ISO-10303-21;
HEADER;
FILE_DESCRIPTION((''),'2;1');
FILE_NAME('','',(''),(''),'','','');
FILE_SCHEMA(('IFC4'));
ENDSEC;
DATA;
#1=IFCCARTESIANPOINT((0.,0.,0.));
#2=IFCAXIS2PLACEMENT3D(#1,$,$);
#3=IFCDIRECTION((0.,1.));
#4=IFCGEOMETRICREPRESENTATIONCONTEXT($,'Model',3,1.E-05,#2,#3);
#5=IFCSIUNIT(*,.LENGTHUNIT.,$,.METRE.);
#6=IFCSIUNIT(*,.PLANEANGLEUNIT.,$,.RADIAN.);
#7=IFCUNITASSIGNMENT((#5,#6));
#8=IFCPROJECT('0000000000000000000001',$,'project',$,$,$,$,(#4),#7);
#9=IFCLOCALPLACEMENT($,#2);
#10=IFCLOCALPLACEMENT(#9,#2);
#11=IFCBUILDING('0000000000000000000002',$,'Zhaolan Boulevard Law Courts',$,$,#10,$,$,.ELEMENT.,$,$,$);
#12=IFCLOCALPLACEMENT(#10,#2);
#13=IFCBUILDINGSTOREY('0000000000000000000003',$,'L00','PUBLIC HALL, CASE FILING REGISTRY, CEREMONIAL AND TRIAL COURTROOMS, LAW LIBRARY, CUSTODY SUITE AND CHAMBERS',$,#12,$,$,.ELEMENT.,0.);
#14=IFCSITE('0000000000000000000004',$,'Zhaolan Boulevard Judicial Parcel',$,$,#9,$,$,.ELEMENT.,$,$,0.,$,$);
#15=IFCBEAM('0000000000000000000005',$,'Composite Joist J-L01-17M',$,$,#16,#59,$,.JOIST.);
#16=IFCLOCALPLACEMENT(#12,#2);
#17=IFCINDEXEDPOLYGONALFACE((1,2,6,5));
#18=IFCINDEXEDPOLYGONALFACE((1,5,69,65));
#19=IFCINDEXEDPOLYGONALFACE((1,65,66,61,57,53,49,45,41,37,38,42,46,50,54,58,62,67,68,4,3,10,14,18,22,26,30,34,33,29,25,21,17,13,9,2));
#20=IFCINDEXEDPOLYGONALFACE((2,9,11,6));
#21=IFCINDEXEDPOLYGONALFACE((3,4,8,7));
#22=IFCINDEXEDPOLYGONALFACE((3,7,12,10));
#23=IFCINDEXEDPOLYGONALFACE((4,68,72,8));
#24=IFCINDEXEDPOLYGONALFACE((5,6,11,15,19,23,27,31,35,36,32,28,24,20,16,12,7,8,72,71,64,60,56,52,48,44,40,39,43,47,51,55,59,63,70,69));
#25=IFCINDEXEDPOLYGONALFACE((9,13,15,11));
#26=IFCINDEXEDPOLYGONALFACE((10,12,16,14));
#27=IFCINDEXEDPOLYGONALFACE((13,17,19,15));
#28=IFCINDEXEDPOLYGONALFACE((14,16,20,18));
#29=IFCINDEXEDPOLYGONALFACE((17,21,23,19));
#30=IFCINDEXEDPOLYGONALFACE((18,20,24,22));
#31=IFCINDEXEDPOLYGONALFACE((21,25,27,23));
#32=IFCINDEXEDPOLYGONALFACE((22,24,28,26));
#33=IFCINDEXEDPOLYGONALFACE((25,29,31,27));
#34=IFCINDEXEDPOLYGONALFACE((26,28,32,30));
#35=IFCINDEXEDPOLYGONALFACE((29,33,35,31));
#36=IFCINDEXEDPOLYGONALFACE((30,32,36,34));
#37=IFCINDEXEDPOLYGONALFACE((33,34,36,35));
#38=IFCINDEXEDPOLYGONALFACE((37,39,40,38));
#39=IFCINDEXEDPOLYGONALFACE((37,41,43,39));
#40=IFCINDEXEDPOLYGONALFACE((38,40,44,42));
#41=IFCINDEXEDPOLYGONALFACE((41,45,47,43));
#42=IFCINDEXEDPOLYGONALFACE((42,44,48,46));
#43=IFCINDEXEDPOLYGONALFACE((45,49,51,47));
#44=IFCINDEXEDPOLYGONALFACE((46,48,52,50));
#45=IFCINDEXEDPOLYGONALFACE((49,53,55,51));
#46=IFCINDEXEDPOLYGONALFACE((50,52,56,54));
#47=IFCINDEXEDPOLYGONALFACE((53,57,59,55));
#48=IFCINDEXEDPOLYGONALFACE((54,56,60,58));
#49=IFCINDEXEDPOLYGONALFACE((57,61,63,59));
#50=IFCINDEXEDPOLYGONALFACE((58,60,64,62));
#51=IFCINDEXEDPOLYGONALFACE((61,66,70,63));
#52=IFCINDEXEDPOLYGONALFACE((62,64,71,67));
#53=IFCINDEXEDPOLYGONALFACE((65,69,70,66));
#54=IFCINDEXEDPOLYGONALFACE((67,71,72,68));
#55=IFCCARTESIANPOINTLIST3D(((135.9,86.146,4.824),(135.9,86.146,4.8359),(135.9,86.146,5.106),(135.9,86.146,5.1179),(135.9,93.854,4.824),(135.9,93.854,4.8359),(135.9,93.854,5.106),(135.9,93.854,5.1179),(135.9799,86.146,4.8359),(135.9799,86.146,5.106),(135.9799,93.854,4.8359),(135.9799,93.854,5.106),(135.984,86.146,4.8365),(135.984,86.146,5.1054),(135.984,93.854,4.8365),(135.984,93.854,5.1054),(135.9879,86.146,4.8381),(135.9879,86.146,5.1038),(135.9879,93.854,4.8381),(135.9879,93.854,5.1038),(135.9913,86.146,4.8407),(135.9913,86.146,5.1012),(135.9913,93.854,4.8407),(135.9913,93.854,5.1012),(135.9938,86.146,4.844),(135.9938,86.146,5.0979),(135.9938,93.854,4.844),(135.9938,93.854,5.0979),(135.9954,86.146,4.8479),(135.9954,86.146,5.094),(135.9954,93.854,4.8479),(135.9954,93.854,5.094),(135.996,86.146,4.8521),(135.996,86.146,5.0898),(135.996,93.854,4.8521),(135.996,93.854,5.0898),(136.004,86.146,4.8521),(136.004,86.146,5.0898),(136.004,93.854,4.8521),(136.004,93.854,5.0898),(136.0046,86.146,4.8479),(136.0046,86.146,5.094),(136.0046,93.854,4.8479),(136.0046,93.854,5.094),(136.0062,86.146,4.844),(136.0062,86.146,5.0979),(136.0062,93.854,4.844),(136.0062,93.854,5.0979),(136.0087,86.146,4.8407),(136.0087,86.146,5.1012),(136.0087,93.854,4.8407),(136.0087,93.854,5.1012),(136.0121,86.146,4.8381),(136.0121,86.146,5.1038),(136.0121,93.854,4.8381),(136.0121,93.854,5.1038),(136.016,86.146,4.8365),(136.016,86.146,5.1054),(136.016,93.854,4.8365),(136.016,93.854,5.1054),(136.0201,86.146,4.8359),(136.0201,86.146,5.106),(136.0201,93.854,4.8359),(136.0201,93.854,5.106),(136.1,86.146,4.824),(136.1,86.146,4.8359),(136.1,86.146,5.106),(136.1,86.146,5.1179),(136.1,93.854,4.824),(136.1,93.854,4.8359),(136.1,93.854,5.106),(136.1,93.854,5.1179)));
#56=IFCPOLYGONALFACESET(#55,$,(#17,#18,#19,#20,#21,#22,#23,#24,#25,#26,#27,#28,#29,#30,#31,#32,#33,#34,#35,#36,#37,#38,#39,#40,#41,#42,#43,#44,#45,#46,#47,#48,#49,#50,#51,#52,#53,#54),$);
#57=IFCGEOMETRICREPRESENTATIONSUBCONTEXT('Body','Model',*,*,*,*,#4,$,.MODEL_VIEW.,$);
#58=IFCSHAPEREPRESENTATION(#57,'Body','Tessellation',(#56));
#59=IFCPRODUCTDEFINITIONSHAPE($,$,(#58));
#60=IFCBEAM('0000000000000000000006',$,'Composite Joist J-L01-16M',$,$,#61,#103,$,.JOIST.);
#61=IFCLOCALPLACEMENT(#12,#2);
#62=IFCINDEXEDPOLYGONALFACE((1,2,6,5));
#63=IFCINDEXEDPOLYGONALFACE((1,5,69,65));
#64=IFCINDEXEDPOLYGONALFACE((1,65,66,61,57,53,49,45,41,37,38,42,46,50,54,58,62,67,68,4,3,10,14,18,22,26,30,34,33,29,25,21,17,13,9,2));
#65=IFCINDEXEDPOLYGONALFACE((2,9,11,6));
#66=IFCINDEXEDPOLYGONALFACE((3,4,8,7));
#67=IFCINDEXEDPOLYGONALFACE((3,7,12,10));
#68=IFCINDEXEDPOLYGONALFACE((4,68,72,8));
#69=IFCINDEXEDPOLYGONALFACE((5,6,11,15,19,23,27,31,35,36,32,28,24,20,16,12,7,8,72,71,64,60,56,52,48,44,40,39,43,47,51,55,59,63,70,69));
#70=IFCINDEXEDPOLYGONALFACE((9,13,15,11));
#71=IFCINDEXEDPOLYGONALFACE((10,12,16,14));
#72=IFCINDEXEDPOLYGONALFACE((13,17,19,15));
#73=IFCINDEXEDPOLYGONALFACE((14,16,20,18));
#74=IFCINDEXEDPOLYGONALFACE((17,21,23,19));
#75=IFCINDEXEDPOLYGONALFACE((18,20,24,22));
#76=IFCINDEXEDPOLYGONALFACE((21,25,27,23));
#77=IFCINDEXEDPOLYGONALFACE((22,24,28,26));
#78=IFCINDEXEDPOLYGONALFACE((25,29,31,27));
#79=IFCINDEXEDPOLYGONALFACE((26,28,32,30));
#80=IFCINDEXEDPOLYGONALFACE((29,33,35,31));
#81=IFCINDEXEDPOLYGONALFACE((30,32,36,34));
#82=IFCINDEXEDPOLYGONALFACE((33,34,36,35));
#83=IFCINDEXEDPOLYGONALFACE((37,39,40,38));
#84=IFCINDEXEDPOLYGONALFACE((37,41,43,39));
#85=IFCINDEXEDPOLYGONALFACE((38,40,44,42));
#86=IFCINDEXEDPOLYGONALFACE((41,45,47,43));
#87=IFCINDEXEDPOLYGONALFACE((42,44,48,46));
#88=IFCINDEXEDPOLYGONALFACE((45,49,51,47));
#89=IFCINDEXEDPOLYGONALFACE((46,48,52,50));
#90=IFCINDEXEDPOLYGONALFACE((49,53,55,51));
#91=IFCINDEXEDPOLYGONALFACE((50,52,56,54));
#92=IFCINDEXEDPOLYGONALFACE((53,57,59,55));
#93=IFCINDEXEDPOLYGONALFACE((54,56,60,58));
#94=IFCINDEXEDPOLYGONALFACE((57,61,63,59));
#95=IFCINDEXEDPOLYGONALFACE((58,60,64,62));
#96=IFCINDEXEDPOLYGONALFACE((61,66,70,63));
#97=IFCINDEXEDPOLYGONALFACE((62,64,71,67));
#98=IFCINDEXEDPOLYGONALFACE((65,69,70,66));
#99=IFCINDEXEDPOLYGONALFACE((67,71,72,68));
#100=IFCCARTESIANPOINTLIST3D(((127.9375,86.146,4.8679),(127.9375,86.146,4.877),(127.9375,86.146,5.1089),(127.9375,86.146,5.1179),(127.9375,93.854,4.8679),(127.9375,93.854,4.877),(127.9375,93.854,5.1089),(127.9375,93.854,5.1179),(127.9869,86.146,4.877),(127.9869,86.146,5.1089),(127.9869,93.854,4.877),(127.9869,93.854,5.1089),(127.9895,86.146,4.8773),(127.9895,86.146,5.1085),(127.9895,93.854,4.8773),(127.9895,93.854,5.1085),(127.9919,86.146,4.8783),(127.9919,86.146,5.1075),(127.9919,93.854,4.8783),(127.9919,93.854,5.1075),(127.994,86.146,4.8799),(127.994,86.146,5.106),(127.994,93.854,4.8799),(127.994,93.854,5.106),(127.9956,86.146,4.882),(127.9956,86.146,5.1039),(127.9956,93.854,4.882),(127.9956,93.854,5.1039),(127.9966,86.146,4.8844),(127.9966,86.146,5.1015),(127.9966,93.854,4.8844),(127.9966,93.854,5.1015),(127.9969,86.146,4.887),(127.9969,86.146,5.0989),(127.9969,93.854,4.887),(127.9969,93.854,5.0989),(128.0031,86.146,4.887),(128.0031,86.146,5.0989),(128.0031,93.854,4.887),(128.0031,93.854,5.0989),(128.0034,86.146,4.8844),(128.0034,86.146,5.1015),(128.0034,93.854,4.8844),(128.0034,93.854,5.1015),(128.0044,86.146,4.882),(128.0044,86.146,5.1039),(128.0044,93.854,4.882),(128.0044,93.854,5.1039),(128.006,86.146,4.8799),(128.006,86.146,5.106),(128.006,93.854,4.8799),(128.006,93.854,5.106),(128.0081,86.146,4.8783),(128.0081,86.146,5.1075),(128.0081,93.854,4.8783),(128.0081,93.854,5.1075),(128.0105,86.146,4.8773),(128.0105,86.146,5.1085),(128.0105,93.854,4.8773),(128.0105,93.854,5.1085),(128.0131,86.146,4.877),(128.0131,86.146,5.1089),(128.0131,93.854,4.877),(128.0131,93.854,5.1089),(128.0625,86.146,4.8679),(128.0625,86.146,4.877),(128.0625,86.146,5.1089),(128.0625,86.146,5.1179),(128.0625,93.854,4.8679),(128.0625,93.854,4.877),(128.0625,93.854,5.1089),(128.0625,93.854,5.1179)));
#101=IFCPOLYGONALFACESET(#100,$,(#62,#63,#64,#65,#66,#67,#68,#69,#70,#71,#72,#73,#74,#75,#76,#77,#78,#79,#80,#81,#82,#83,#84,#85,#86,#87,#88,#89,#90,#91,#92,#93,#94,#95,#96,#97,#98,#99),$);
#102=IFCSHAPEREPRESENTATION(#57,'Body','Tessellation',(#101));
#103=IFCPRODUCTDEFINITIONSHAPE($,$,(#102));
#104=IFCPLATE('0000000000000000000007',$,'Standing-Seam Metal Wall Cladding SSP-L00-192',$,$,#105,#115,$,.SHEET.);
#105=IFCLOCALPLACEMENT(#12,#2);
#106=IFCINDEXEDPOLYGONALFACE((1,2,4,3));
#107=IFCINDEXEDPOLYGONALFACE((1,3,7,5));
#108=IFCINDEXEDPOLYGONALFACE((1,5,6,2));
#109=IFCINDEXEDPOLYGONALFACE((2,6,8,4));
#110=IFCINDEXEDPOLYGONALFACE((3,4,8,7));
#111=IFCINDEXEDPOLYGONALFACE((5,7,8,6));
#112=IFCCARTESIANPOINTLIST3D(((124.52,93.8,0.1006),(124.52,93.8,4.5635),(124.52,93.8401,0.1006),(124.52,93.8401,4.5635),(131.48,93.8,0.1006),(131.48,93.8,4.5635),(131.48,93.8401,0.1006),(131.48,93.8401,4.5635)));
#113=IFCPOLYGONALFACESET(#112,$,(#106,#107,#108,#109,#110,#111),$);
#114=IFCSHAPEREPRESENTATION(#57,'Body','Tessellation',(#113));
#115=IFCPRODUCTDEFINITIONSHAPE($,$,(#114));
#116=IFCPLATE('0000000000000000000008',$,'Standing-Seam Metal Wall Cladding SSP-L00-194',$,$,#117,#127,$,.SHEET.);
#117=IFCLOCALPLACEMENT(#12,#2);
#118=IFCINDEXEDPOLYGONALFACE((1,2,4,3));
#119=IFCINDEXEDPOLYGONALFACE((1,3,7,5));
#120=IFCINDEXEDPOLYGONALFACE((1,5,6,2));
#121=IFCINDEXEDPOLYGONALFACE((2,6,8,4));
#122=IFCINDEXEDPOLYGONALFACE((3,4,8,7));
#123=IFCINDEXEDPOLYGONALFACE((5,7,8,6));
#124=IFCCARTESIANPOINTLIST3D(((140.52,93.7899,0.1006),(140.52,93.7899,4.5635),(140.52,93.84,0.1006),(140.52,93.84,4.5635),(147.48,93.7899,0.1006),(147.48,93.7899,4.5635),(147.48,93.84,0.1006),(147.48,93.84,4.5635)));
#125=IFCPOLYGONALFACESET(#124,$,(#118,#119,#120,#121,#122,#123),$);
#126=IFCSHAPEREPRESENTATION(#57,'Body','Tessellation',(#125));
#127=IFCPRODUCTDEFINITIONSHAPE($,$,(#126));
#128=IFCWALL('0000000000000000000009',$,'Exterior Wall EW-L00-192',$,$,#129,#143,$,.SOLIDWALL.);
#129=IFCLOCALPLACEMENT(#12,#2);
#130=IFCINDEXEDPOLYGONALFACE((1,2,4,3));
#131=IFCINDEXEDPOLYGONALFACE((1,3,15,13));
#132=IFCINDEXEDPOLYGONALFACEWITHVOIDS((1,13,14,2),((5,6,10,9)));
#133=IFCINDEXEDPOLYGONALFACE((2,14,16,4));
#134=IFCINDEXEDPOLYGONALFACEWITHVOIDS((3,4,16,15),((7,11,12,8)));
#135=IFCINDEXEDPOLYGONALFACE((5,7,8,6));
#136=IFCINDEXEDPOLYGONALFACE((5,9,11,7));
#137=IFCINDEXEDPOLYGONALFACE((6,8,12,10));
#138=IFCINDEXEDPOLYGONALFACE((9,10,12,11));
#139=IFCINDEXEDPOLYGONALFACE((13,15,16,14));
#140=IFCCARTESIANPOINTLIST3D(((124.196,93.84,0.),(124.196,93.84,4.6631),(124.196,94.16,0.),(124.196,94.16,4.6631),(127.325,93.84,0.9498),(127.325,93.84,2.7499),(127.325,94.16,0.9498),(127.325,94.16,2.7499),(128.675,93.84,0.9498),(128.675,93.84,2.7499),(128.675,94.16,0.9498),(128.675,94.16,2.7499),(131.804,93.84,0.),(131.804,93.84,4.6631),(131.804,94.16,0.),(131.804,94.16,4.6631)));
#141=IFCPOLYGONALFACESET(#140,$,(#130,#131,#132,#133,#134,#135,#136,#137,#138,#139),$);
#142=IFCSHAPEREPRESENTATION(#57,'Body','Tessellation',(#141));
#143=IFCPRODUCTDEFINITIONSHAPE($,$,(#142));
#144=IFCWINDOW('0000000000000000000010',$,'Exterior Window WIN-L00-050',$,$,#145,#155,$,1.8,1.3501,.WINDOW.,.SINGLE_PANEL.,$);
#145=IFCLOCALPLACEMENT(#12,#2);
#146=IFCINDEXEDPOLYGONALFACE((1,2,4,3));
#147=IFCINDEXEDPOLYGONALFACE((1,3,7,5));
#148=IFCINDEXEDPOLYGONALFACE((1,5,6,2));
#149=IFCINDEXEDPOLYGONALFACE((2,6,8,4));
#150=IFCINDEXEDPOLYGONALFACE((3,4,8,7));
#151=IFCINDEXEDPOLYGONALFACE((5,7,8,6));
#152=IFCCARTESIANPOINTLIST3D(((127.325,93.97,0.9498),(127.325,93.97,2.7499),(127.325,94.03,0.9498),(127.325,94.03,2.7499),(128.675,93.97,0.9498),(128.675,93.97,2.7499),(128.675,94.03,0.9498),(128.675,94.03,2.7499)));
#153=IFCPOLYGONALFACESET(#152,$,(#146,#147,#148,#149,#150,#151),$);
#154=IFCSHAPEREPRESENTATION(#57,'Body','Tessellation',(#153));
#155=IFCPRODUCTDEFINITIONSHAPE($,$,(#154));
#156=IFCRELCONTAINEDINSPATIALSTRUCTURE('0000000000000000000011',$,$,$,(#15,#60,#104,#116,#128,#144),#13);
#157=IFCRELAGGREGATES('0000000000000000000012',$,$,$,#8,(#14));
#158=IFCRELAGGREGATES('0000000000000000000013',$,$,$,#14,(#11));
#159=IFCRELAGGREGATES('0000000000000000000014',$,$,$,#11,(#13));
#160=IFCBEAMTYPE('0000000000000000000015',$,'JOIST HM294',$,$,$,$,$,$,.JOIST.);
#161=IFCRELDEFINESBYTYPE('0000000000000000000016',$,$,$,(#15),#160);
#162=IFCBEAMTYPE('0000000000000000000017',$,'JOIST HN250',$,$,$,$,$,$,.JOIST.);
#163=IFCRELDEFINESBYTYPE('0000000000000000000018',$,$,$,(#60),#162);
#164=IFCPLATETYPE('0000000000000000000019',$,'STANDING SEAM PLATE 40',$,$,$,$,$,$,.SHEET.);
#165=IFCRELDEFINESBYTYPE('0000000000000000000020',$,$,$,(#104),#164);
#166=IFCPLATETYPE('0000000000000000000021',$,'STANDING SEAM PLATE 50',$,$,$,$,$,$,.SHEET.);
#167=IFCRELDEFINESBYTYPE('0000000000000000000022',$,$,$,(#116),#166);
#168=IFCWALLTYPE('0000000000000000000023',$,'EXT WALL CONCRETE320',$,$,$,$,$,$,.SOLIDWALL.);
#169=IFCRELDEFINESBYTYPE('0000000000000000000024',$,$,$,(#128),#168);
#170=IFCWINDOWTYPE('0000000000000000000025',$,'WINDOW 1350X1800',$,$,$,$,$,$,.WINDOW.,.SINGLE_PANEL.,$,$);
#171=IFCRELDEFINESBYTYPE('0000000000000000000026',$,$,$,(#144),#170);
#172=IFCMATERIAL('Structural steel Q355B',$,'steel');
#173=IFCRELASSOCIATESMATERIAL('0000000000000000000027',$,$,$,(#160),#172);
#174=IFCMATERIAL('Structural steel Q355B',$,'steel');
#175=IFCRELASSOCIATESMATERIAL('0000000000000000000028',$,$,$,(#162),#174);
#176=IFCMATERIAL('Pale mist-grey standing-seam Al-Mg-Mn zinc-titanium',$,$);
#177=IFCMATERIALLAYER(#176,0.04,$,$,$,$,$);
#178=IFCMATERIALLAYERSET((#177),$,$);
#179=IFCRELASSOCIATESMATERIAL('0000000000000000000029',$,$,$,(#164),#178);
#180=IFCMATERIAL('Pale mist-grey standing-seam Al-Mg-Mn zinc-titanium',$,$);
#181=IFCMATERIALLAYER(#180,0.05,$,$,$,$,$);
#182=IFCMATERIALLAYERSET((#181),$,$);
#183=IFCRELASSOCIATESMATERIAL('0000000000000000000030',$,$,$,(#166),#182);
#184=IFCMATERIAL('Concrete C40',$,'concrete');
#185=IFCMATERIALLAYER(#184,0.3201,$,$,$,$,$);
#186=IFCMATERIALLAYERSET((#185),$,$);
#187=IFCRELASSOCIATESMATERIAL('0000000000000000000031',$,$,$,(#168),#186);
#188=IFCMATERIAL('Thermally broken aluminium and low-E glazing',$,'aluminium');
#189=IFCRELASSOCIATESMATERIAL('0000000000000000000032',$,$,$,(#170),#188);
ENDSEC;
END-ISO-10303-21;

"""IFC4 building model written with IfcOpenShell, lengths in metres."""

from ifc_helpers import new_model, si_unit, direction, frame, frame_2d, origin, origin_2d, place, context, subcontext, project, spatial, rectangle, i_section, extrude, material, layer, layer_set, material_profile, profile_set, type_object, element, fill, save


model = new_model("IFC4")

# Units and contexts
model_context = context("Model", 3, precision=1e-05, world=origin(), true_north=direction((0.0, 1.0)))
body_context = subcontext(model_context, "Body", "Model", "MODEL_VIEW")
ifc_project = project(units=[si_unit("LENGTHUNIT", "METRE"), si_unit("PLANEANGLEUNIT", "RADIAN")], contexts=[model_context])

# Site, building, storey
site_placement = place(None, origin())
site = spatial("IfcSite", under=ifc_project, at=site_placement, Name="Zhaolan Boulevard Judicial Parcel", CompositionType="ELEMENT", RefElevation=0.0)
building_placement = place(site_placement, origin())
building = spatial("IfcBuilding", under=site, at=building_placement, Name="Zhaolan Boulevard Law Courts", CompositionType="ELEMENT")
storey_placement = place(building_placement, origin())
storey = spatial("IfcBuildingStorey", under=building, at=storey_placement, Name="L00", Description="PUBLIC HALL, CASE FILING REGISTRY, CEREMONIAL AND TRIAL COURTROOMS, LAW LIBRARY, CUSTODY SUITE AND CHAMBERS", CompositionType="ELEMENT", Elevation=0.0)

# Beams
ifc_material_1 = material(Name="Structural steel Q355B", Category="steel")
ifc_material_profile_1 = material_profile(ifc_material_1, i_section(OverallWidth=0.2, OverallDepth=0.2939, WebThickness=0.0081, FlangeThickness=0.012, FilletRadius=0.0161, at=origin_2d()), Name="HM294x200")
ifc_profile_set_1 = profile_set([ifc_material_profile_1], Name="Structural steel Q355B")
beam_type_1 = type_object("IfcBeamType", Name="JOIST HM294", PredefinedType="JOIST", material=ifc_profile_set_1)
beam_1_placement = place(storey_placement, frame((136.0, 86.146, 4.9709), z_axis=(0.0, 1.0, 0.0), x_axis=(-1.0, 0.0, 0.0)))
element("IfcBeam", 1, at=beam_1_placement, inside=storey, type_object=beam_type_1, Name="Composite Joist J-L01-17M", PredefinedType="JOIST", context=body_context, shape_type="SweptSolid", body=[
    extrude(i_section(OverallWidth=0.2, OverallDepth=0.2939, WebThickness=0.0081, FlangeThickness=0.012, FilletRadius=0.0161, at=origin_2d()), origin(), (0.0, 0.0, 1.0), 7.708),
])
ifc_material_2 = material(Name="Structural steel Q355B", Category="steel")
ifc_material_profile_2 = material_profile(ifc_material_2, i_section(OverallWidth=0.125, OverallDepth=0.25, WebThickness=0.0061, FlangeThickness=0.009, FilletRadius=0.01, at=origin_2d()), Name="HN250x125")
ifc_profile_set_2 = profile_set([ifc_material_profile_2], Name="Structural steel Q355B")
beam_type_2 = type_object("IfcBeamType", Name="JOIST HN250", PredefinedType="JOIST", material=ifc_profile_set_2)
beam_2_placement = place(storey_placement, frame((128.0, 86.146, 4.9929), z_axis=(0.0, 1.0, 0.0), x_axis=(-1.0, 0.0, 0.0)))
element("IfcBeam", 2, at=beam_2_placement, inside=storey, type_object=beam_type_2, Name="Composite Joist J-L01-16M", PredefinedType="JOIST", context=body_context, shape_type="SweptSolid", body=[
    extrude(i_section(OverallWidth=0.125, OverallDepth=0.25, WebThickness=0.0061, FlangeThickness=0.009, FilletRadius=0.01, at=origin_2d()), origin(), (0.0, 0.0, 1.0), 7.708),
])

# Plates
ifc_material_3 = material(Name="Pale mist-grey standing-seam Al-Mg-Mn zinc-titanium")
ifc_layer_1 = layer(ifc_material_3, 0.04)
ifc_layer_set_1 = layer_set([ifc_layer_1])
plate_type_1 = type_object("IfcPlateType", Name="STANDING SEAM PLATE 40", PredefinedType="SHEET", material=ifc_layer_set_1)
plate_1_placement = place(storey_placement, frame((128.0, 93.8201, 0.1006), z_axis=(0.0, 0.0, 1.0), x_axis=(-1.0, 0.0, 0.0)))
element("IfcPlate", 3, at=plate_1_placement, inside=storey, type_object=plate_type_1, Name="Standing-Seam Metal Wall Cladding SSP-L00-192", PredefinedType="SHEET", context=body_context, shape_type="SweptSolid", body=[
    extrude(rectangle(XDim=6.96, YDim=0.04, at=origin_2d()), origin(), (0.0, 0.0, 1.0), 4.4629),
])
ifc_material_4 = material(Name="Pale mist-grey standing-seam Al-Mg-Mn zinc-titanium")
ifc_layer_2 = layer(ifc_material_4, 0.05)
ifc_layer_set_2 = layer_set([ifc_layer_2])
plate_type_2 = type_object("IfcPlateType", Name="STANDING SEAM PLATE 50", PredefinedType="SHEET", material=ifc_layer_set_2)
plate_2_placement = place(storey_placement, frame((144.0, 93.8149, 0.1006), z_axis=(0.0, 0.0, 1.0), x_axis=(-1.0, 0.0, 0.0)))
element("IfcPlate", 4, at=plate_2_placement, inside=storey, type_object=plate_type_2, Name="Standing-Seam Metal Wall Cladding SSP-L00-194", PredefinedType="SHEET", context=body_context, shape_type="SweptSolid", body=[
    extrude(rectangle(XDim=6.96, YDim=0.05, at=origin_2d()), origin(), (0.0, 0.0, 1.0), 4.4629),
])

# Wall, opening, window
ifc_material_5 = material(Name="Concrete C40", Category="concrete")
ifc_layer_3 = layer(ifc_material_5, 0.3201)
ifc_layer_set_3 = layer_set([ifc_layer_3])
wall_type_1 = type_object("IfcWallType", Name="EXT WALL CONCRETE320", PredefinedType="SOLIDWALL", material=ifc_layer_set_3)
wall_1_placement = place(storey_placement, frame((131.804, 94.0, 0.0), z_axis=(0.0, 0.0, 1.0), x_axis=(-1.0, 0.0, 0.0)))
wall_1 = element("IfcWall", 5, at=wall_1_placement, inside=storey, type_object=wall_type_1, Name="Exterior Wall EW-L00-192", PredefinedType="SOLIDWALL", context=body_context, shape_type="SweptSolid", body=[
    extrude(rectangle(XDim=7.6079, YDim=0.3201, at=frame_2d((3.804, 0.0))), origin(), (0.0, 0.0, 1.0), 4.6631),
])
opening_1_placement = place(wall_1_placement, frame((3.1289, 0.0, 0.95)))
opening_1 = element("IfcOpeningElement", 6, at=opening_1_placement, cuts=wall_1, PredefinedType="OPENING", context=body_context, shape_type="SweptSolid", body=[
    extrude(rectangle(XDim=1.3501, YDim=1.8, at=frame_2d((0.675, 0.8999))), frame((0.0, 0.1699, 0.0), z_axis=(0.0, -1.0, 0.0), x_axis=(1.0, 0.0, 0.0)), (0.0, 0.0, 1.0), 0.3401),
])
ifc_material_6 = material(Name="Thermally broken aluminium and low-E glazing", Category="aluminium")
window_type_1 = type_object("IfcWindowType", Name="WINDOW 1350X1800", PartitioningType="SINGLE_PANEL", PredefinedType="WINDOW", material=ifc_material_6)
window_1_placement = place(opening_1_placement, origin())
window_1 = element("IfcWindow", 7, at=window_1_placement, inside=storey, type_object=window_type_1, Name="Exterior Window WIN-L00-050", OverallHeight=1.8, OverallWidth=1.3501, PartitioningType="SINGLE_PANEL", PredefinedType="WINDOW", context=body_context, shape_type="SweptSolid", body=[
    extrude(rectangle(XDim=1.3501, YDim=1.8, at=frame_2d((0.675, 0.8999))), frame((0.0, 0.03, 0.0), z_axis=(0.0, -1.0, 0.0), x_axis=(1.0, 0.0, 0.0)), (0.0, 0.0, 1.0), 0.0601),
])
fill(opening_1, window_1)

save(model, "model.ifc")
